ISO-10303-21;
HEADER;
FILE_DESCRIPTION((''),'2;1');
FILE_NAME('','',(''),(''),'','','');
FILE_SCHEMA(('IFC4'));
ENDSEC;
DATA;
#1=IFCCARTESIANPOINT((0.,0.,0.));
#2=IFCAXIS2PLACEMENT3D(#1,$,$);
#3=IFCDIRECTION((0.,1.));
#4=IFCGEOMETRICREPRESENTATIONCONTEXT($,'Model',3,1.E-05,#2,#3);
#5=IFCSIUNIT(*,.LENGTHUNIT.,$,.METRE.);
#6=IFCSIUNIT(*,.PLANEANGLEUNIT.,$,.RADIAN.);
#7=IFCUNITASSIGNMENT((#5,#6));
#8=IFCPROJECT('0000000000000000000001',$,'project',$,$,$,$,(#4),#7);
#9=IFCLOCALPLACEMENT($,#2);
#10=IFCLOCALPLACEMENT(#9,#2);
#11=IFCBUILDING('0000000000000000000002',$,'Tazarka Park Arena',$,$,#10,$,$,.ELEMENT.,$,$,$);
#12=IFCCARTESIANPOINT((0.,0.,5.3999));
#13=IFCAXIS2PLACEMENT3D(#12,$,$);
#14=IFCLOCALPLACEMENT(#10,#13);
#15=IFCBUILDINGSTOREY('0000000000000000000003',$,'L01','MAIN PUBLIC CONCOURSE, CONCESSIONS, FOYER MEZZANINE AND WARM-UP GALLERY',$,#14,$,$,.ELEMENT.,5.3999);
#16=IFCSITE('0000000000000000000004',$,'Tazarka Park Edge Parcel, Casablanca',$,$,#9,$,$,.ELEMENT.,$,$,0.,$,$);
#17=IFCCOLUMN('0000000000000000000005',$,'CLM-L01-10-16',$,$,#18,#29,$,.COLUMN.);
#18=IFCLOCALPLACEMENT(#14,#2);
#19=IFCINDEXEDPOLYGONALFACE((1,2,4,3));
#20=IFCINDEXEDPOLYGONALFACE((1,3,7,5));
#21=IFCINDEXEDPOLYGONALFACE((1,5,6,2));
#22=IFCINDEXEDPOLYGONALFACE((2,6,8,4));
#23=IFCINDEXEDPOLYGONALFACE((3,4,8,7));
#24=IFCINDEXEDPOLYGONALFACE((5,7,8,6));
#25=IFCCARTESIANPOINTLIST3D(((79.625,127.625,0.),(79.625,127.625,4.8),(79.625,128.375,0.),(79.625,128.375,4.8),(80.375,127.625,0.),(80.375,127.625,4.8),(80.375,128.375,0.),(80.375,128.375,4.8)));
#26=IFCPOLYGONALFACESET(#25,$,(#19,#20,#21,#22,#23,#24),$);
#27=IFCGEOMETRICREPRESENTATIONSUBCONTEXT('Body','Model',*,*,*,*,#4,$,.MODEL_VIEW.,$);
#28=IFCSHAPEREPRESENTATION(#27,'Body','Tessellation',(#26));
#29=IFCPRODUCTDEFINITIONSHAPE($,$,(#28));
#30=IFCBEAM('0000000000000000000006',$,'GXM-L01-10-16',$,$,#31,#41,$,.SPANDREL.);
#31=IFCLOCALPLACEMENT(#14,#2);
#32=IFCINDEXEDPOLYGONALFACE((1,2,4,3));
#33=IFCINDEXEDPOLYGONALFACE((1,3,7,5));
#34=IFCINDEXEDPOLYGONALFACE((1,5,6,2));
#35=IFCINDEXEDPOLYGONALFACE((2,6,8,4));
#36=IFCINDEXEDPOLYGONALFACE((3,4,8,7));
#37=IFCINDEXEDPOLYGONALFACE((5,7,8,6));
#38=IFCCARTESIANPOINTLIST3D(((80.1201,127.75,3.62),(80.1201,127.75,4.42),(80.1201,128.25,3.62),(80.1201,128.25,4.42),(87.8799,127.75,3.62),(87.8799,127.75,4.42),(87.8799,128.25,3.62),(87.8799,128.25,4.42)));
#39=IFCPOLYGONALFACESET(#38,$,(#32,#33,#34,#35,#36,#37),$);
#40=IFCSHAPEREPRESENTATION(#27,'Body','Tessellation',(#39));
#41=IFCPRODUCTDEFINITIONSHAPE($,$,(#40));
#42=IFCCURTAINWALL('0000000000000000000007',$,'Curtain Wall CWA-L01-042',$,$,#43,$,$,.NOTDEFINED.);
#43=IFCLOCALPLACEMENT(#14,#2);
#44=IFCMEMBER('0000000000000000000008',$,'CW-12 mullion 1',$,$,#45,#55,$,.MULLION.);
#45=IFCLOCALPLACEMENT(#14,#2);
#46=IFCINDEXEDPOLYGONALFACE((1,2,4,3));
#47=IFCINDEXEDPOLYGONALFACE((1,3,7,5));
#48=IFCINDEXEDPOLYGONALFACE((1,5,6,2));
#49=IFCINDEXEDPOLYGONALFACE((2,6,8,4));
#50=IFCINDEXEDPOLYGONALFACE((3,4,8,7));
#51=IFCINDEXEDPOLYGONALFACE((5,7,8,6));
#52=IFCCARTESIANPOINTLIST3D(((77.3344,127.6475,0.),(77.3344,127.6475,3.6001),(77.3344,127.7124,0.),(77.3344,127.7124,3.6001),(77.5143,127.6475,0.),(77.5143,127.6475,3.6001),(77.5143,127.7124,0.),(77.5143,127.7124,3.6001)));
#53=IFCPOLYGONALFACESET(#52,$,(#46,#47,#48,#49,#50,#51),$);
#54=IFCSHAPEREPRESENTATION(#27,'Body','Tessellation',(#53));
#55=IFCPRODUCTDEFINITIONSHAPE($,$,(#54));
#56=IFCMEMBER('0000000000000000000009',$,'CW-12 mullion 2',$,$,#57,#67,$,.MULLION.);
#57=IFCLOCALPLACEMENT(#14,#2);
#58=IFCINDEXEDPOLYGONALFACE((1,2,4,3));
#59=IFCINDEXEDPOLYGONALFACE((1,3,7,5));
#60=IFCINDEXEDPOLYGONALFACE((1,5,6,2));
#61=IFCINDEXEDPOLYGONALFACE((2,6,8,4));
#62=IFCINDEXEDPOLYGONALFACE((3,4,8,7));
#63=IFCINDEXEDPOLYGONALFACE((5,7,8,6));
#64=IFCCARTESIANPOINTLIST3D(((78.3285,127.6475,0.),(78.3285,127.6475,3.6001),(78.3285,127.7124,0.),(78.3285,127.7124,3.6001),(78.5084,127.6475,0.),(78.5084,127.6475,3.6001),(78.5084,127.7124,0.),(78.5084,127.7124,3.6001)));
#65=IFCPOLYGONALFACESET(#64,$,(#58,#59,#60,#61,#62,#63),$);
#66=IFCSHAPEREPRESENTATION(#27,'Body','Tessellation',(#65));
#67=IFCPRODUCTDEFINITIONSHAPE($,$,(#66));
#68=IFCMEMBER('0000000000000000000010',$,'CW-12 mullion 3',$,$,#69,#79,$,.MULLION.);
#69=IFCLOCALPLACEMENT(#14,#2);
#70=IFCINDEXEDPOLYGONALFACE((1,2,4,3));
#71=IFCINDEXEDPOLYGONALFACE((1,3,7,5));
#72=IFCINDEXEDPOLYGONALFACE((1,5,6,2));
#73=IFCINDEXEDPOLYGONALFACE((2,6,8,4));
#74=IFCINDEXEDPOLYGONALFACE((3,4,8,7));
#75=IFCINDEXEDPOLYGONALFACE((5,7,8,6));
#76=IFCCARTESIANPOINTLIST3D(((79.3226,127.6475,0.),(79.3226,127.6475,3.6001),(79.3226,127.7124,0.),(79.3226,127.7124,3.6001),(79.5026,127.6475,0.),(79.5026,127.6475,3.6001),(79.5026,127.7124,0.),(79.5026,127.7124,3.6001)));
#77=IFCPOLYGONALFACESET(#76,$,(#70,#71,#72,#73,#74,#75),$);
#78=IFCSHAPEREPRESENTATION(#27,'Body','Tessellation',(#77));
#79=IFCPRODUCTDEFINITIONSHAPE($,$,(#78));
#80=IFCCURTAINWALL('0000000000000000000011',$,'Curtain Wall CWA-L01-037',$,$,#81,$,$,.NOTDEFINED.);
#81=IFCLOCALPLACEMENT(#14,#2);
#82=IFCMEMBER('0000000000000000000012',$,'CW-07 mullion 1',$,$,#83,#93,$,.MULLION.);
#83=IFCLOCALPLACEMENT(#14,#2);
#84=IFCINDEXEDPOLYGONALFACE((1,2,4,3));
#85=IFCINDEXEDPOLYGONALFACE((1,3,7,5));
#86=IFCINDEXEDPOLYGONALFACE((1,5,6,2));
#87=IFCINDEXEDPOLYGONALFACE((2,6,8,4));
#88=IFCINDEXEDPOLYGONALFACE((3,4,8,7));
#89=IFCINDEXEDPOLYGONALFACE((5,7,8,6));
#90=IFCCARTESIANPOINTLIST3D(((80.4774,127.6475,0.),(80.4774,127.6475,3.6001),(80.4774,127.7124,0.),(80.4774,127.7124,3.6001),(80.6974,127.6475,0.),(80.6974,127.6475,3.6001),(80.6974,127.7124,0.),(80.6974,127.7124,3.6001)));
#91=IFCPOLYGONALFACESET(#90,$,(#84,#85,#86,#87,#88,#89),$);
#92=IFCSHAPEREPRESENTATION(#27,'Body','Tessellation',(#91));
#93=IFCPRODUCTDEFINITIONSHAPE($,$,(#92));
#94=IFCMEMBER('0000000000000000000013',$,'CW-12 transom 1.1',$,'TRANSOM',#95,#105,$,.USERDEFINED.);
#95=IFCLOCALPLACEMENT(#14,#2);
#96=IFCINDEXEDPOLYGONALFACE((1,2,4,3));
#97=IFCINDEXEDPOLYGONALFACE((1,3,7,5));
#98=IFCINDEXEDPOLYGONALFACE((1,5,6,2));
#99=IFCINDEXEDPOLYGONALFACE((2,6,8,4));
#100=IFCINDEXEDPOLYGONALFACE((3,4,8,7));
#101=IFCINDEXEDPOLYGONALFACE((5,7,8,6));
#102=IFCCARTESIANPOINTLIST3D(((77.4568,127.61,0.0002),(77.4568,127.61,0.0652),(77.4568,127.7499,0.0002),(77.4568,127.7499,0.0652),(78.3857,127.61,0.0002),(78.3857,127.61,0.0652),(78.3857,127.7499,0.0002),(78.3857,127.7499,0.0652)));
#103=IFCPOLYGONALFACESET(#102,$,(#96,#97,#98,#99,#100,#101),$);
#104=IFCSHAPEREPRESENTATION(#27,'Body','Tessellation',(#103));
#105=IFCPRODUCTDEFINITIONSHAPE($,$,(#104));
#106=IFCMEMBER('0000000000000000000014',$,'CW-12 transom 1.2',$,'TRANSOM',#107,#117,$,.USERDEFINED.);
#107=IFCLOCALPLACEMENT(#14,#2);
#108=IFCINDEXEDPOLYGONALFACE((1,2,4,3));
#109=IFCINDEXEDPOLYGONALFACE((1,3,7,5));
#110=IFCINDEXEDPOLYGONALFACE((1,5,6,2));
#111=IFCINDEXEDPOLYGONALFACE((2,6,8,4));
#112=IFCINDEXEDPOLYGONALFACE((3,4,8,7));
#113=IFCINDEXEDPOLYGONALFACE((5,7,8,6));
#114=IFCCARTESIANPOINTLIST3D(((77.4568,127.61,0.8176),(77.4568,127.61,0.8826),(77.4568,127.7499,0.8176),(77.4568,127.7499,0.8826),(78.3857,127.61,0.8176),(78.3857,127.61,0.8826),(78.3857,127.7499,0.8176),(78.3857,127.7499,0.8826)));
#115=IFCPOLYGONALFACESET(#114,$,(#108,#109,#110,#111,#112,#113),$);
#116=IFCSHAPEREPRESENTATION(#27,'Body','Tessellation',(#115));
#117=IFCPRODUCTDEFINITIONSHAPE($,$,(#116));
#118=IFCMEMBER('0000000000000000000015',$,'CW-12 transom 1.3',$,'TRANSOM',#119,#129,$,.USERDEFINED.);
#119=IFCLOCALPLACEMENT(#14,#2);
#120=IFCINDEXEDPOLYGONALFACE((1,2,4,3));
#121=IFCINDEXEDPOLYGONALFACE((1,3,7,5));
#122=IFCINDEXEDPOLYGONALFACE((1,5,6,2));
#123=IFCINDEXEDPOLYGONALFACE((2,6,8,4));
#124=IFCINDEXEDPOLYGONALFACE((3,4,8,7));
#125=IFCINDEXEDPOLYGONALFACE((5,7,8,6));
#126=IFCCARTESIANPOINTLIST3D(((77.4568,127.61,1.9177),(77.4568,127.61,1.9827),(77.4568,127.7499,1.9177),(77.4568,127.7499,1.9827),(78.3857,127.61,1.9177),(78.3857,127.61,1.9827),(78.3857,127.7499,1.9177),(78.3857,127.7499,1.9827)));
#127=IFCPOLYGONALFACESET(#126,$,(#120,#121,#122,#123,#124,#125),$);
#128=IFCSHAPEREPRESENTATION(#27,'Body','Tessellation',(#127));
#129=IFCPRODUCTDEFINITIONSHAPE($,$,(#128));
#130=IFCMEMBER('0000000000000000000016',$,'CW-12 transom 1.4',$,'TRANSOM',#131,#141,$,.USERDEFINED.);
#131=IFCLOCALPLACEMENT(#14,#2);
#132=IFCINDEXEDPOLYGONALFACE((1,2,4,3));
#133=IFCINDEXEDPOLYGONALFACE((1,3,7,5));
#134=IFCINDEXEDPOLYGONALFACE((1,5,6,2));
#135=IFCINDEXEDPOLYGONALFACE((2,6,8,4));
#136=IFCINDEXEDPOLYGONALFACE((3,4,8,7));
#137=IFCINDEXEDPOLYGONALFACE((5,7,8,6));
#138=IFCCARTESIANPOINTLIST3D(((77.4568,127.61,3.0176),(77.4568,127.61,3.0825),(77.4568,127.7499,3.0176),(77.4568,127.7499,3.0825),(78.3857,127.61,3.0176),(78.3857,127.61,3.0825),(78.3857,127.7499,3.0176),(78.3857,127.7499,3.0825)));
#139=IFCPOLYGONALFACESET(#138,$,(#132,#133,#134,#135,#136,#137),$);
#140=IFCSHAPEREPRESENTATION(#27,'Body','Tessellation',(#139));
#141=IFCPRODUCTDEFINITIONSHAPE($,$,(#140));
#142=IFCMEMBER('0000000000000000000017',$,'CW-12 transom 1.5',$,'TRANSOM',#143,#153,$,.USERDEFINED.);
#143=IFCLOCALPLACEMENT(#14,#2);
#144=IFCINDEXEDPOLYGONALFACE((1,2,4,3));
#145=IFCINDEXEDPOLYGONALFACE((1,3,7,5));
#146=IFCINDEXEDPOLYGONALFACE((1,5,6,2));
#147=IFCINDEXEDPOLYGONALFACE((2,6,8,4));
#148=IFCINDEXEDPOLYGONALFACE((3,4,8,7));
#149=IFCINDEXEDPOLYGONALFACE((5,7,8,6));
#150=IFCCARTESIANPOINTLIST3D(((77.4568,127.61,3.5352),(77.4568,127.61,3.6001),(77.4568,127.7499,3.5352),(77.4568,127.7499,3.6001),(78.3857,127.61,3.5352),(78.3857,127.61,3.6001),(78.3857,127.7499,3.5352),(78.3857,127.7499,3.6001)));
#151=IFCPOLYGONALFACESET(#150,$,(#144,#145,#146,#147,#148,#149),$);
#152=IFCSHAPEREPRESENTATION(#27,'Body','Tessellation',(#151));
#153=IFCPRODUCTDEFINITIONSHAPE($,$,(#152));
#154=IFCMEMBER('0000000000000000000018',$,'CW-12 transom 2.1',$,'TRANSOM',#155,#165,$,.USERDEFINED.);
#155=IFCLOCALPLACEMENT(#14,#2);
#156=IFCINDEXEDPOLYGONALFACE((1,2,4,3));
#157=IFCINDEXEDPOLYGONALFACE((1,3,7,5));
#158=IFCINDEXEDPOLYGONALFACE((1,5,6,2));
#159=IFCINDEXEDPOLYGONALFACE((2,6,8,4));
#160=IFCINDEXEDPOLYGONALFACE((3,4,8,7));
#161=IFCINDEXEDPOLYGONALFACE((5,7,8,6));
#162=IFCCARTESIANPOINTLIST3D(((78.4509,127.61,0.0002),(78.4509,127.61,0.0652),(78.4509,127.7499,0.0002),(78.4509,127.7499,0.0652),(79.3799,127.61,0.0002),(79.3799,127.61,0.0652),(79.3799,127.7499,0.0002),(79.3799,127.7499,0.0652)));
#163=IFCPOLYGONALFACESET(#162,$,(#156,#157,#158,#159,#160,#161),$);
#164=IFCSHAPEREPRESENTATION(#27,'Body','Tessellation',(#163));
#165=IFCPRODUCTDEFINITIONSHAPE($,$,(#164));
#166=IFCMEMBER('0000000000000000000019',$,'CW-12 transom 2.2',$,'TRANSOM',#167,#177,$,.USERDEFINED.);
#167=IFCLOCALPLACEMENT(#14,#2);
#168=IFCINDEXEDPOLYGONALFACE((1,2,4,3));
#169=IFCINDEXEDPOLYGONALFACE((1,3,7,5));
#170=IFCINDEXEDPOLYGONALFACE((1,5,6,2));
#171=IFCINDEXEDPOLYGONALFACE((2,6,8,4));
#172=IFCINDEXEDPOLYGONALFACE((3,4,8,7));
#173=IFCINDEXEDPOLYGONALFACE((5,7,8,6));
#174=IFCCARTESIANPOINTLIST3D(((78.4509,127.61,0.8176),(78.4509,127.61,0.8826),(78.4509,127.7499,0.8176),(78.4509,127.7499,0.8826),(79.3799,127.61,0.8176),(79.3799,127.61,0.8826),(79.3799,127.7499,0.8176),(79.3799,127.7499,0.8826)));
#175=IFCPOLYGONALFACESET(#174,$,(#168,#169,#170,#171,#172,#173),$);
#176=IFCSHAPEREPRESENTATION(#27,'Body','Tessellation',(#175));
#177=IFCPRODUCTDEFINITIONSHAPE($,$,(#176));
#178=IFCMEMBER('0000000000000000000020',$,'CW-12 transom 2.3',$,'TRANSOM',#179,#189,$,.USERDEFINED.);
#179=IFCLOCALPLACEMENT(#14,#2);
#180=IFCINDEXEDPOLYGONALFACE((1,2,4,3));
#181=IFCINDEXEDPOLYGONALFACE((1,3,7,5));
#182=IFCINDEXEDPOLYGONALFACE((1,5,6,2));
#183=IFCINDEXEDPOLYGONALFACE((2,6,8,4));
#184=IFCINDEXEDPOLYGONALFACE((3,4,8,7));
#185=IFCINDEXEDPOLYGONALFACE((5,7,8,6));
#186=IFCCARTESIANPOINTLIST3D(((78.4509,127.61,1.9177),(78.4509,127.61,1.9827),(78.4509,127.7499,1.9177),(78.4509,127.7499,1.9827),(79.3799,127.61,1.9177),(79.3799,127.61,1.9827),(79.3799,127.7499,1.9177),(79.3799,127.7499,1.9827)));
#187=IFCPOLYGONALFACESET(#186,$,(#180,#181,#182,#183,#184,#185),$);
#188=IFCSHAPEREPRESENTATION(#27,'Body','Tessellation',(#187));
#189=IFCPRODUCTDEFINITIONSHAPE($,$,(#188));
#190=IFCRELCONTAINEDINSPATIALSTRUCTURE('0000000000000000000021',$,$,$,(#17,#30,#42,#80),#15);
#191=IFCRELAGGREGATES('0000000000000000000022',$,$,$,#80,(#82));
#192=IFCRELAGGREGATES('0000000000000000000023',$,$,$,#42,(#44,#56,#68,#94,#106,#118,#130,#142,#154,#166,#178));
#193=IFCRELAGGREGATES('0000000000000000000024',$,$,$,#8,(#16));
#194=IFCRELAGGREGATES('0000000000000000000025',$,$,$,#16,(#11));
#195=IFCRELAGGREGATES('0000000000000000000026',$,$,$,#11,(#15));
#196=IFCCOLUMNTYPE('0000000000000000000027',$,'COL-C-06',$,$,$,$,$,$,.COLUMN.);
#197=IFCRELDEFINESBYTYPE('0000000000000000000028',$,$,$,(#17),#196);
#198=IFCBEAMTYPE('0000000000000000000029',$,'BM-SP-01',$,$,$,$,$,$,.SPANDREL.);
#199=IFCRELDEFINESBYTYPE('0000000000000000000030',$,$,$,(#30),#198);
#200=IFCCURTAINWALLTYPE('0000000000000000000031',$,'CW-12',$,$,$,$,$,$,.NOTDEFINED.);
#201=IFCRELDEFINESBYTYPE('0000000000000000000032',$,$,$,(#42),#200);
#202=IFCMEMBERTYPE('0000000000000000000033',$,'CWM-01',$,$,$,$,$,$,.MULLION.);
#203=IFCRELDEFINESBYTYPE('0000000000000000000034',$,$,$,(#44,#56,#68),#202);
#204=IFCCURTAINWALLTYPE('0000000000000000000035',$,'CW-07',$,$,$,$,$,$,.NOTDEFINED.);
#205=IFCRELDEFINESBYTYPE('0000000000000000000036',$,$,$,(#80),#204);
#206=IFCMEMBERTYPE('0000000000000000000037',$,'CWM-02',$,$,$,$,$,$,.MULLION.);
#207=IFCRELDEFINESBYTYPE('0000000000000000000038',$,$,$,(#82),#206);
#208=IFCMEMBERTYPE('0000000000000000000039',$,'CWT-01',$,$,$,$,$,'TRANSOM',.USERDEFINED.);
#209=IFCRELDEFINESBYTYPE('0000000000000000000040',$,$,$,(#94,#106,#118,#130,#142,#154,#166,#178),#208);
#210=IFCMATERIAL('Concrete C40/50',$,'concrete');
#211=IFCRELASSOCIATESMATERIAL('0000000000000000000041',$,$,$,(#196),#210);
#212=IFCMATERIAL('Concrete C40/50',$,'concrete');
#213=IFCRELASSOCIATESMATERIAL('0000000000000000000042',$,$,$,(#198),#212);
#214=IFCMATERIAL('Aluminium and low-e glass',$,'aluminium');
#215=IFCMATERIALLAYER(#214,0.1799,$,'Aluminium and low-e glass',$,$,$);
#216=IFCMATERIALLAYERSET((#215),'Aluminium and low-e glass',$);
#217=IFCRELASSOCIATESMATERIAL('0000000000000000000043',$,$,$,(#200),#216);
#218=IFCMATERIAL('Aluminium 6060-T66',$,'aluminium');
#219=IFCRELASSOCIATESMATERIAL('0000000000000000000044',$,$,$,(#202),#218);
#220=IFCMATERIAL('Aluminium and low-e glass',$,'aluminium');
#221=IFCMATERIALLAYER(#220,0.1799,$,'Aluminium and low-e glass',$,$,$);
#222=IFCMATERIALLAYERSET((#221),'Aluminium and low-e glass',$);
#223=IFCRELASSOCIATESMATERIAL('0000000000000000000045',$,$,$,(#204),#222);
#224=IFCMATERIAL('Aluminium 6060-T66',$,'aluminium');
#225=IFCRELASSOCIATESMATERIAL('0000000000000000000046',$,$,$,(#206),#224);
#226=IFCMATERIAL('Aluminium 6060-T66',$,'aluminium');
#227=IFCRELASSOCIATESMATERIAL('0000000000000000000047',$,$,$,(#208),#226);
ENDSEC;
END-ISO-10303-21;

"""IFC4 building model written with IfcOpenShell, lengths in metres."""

from ifc_helpers import new_model, si_unit, direction, frame, origin, origin_2d, place, context, subcontext, project, spatial, rectangle, extrude, material, layer, layer_set, material_profile, profile_set, type_object, element, aggregate, save


model = new_model("IFC4")

# Units and contexts
model_context = context("Model", 3, precision=1e-05, world=origin(), true_north=direction((0.0, 1.0)))
body_context = subcontext(model_context, "Body", "Model", "MODEL_VIEW")
ifc_project = project(units=[si_unit("LENGTHUNIT", "METRE"), si_unit("PLANEANGLEUNIT", "RADIAN")], contexts=[model_context])

# Site, building, storey
site_placement = place(None, origin())
site = spatial("IfcSite", under=ifc_project, at=site_placement, Name="Tazarka Park Edge Parcel, Casablanca", CompositionType="ELEMENT", RefElevation=0.0)
building_placement = place(site_placement, origin())
building = spatial("IfcBuilding", under=site, at=building_placement, Name="Tazarka Park Arena", CompositionType="ELEMENT")
storey_placement = place(building_placement, frame((0.0, 0.0, 5.3999)))
storey = spatial("IfcBuildingStorey", under=building, at=storey_placement, Name="L01", Description="MAIN PUBLIC CONCOURSE, CONCESSIONS, FOYER MEZZANINE AND WARM-UP GALLERY", CompositionType="ELEMENT", Elevation=5.3999)

# Column
ifc_material_1 = material(Name="Concrete C40/50", Category="concrete")
ifc_material_profile_1 = material_profile(ifc_material_1, rectangle(XDim=0.75, YDim=0.75, at=origin_2d()), Name="Concrete C40/50")
ifc_profile_set_1 = profile_set([ifc_material_profile_1], Name="Concrete C40/50")
column_type = type_object("IfcColumnType", Name="COL-C-06", PredefinedType="COLUMN", material=ifc_profile_set_1)
column_placement = place(storey_placement, frame((80.0, 128.0, 0.0), z_axis=(0.0, 0.0, 1.0), x_axis=(1.0, 0.0, 0.0)))
element("IfcColumn", 1, at=column_placement, inside=storey, type_object=column_type, Name="CLM-L01-10-16", PredefinedType="COLUMN", context=body_context, shape_type="SweptSolid", body=[
    extrude(rectangle(XDim=0.75, YDim=0.75, at=origin_2d()), origin(), (0.0, 0.0, 1.0), 4.8),
])

# Beam
ifc_material_2 = material(Name="Concrete C40/50", Category="concrete")
ifc_material_profile_2 = material_profile(ifc_material_2, rectangle(XDim=0.5, YDim=0.8, at=origin_2d()), Name="Concrete C40/50")
ifc_profile_set_2 = profile_set([ifc_material_profile_2], Name="Concrete C40/50")
beam_type = type_object("IfcBeamType", Name="BM-SP-01", PredefinedType="SPANDREL", material=ifc_profile_set_2)
beam_placement = place(storey_placement, frame((80.1201, 128.0, 4.02), z_axis=(1.0, 0.0, 0.0), x_axis=(0.0, 1.0, 0.0)))
element("IfcBeam", 2, at=beam_placement, inside=storey, type_object=beam_type, Name="GXM-L01-10-16", PredefinedType="SPANDREL", context=body_context, shape_type="SweptSolid", body=[
    extrude(rectangle(XDim=0.5, YDim=0.8, at=origin_2d()), origin(), (0.0, 0.0, 1.0), 7.7598),
])

# Curtain wall, members
ifc_material_3 = material(Name="Aluminium and low-e glass", Category="aluminium")
ifc_layer_1 = layer(ifc_material_3, 0.1799, Name="Aluminium and low-e glass")
ifc_layer_set_1 = layer_set([ifc_layer_1], Name="Aluminium and low-e glass")
curtain_wall_type_1 = type_object("IfcCurtainWallType", Name="CW-12", PredefinedType="NOTDEFINED", material=ifc_layer_set_1)
curtain_wall_1_placement = place(storey_placement, origin())
curtain_wall_1 = element("IfcCurtainWall", 3, at=curtain_wall_1_placement, inside=storey, type_object=curtain_wall_type_1, Name="Curtain Wall CWA-L01-042", PredefinedType="NOTDEFINED")
ifc_material_4 = material(Name="Aluminium 6060-T66", Category="aluminium")
ifc_material_profile_3 = material_profile(ifc_material_4, rectangle(XDim=0.0649, YDim=0.1799, at=origin_2d()), Name="Aluminium 6060-T66")
ifc_profile_set_3 = profile_set([ifc_material_profile_3], Name="Aluminium 6060-T66")
member_type_1 = type_object("IfcMemberType", Name="CWM-01", PredefinedType="MULLION", material=ifc_profile_set_3)
member_1_placement = place(storey_placement, frame((77.4243, 127.6799, 0.0), z_axis=(0.0, 0.0, 1.0), x_axis=(0.0, 1.0, 0.0)))
member_1 = element("IfcMember", 4, at=member_1_placement, type_object=member_type_1, Name="CW-12 mullion 1", PredefinedType="MULLION", context=body_context, shape_type="SweptSolid", body=[
    extrude(rectangle(XDim=0.0649, YDim=0.1799, at=origin_2d()), origin(), (0.0, 0.0, 1.0), 3.6001),
])
member_2_placement = place(storey_placement, frame((78.4185, 127.6799, 0.0), z_axis=(0.0, 0.0, 1.0), x_axis=(0.0, 1.0, 0.0)))
member_2 = element("IfcMember", 5, at=member_2_placement, type_object=member_type_1, Name="CW-12 mullion 2", PredefinedType="MULLION", context=body_context, shape_type="SweptSolid", body=[
    extrude(rectangle(XDim=0.0649, YDim=0.1799, at=origin_2d()), origin(), (0.0, 0.0, 1.0), 3.6001),
])
member_3_placement = place(storey_placement, frame((79.4126, 127.6799, 0.0), z_axis=(0.0, 0.0, 1.0), x_axis=(0.0, 1.0, 0.0)))
member_3 = element("IfcMember", 6, at=member_3_placement, type_object=member_type_1, Name="CW-12 mullion 3", PredefinedType="MULLION", context=body_context, shape_type="SweptSolid", body=[
    extrude(rectangle(XDim=0.0649, YDim=0.1799, at=origin_2d()), origin(), (0.0, 0.0, 1.0), 3.6001),
])

# Curtain wall, member
ifc_material_5 = material(Name="Aluminium and low-e glass", Category="aluminium")
ifc_layer_2 = layer(ifc_material_5, 0.1799, Name="Aluminium and low-e glass")
ifc_layer_set_2 = layer_set([ifc_layer_2], Name="Aluminium and low-e glass")
curtain_wall_type_2 = type_object("IfcCurtainWallType", Name="CW-07", PredefinedType="NOTDEFINED", material=ifc_layer_set_2)
curtain_wall_2_placement = place(storey_placement, origin())
curtain_wall_2 = element("IfcCurtainWall", 7, at=curtain_wall_2_placement, inside=storey, type_object=curtain_wall_type_2, Name="Curtain Wall CWA-L01-037", PredefinedType="NOTDEFINED")
ifc_material_6 = material(Name="Aluminium 6060-T66", Category="aluminium")
ifc_material_profile_4 = material_profile(ifc_material_6, rectangle(XDim=0.0649, YDim=0.22, at=origin_2d()), Name="Aluminium 6060-T66")
ifc_profile_set_4 = profile_set([ifc_material_profile_4], Name="Aluminium 6060-T66")
member_type_2 = type_object("IfcMemberType", Name="CWM-02", PredefinedType="MULLION", material=ifc_profile_set_4)
member_4_placement = place(storey_placement, frame((80.5874, 127.6799, 0.0), z_axis=(0.0, 0.0, 1.0), x_axis=(0.0, 1.0, 0.0)))
member_4 = element("IfcMember", 8, at=member_4_placement, type_object=member_type_2, Name="CW-07 mullion 1", PredefinedType="MULLION", context=body_context, shape_type="SweptSolid", body=[
    extrude(rectangle(XDim=0.0649, YDim=0.22, at=origin_2d()), origin(), (0.0, 0.0, 1.0), 3.6001),
])

# Members
ifc_material_7 = material(Name="Aluminium 6060-T66", Category="aluminium")
ifc_material_profile_5 = material_profile(ifc_material_7, rectangle(XDim=0.1399, YDim=0.0649, at=origin_2d()), Name="Aluminium 6060-T66")
ifc_profile_set_5 = profile_set([ifc_material_profile_5], Name="Aluminium 6060-T66")
member_type_3 = type_object("IfcMemberType", Name="CWT-01", ElementType="TRANSOM", PredefinedType="USERDEFINED", material=ifc_profile_set_5)
member_5_placement = place(storey_placement, frame((77.4568, 127.6799, 0.0327), z_axis=(1.0, 0.0, 0.0), x_axis=(0.0, 1.0, 0.0)))
member_5 = element("IfcMember", 9, at=member_5_placement, type_object=member_type_3, Name="CW-12 transom 1.1", ObjectType="TRANSOM", PredefinedType="USERDEFINED", context=body_context, shape_type="SweptSolid", body=[
    extrude(rectangle(XDim=0.1399, YDim=0.0649, at=origin_2d()), origin(), (0.0, 0.0, 1.0), 0.929),
])
member_6_placement = place(storey_placement, frame((77.4568, 127.6799, 0.8501), z_axis=(1.0, 0.0, 0.0), x_axis=(0.0, 1.0, 0.0)))
member_6 = element("IfcMember", 10, at=member_6_placement, type_object=member_type_3, Name="CW-12 transom 1.2", ObjectType="TRANSOM", PredefinedType="USERDEFINED", context=body_context, shape_type="SweptSolid", body=[
    extrude(rectangle(XDim=0.1399, YDim=0.0649, at=origin_2d()), origin(), (0.0, 0.0, 1.0), 0.929),
])
member_7_placement = place(storey_placement, frame((77.4568, 127.6799, 1.9502), z_axis=(1.0, 0.0, 0.0), x_axis=(0.0, 1.0, 0.0)))
member_7 = element("IfcMember", 11, at=member_7_placement, type_object=member_type_3, Name="CW-12 transom 1.3", ObjectType="TRANSOM", PredefinedType="USERDEFINED", context=body_context, shape_type="SweptSolid", body=[
    extrude(rectangle(XDim=0.1399, YDim=0.0649, at=origin_2d()), origin(), (0.0, 0.0, 1.0), 0.929),
])
member_8_placement = place(storey_placement, frame((77.4568, 127.6799, 3.05), z_axis=(1.0, 0.0, 0.0), x_axis=(0.0, 1.0, 0.0)))
member_8 = element("IfcMember", 12, at=member_8_placement, type_object=member_type_3, Name="CW-12 transom 1.4", ObjectType="TRANSOM", PredefinedType="USERDEFINED", context=body_context, shape_type="SweptSolid", body=[
    extrude(rectangle(XDim=0.1399, YDim=0.0649, at=origin_2d()), origin(), (0.0, 0.0, 1.0), 0.929),
])
member_9_placement = place(storey_placement, frame((77.4568, 127.6799, 3.5676), z_axis=(1.0, 0.0, 0.0), x_axis=(0.0, 1.0, 0.0)))
member_9 = element("IfcMember", 13, at=member_9_placement, type_object=member_type_3, Name="CW-12 transom 1.5", ObjectType="TRANSOM", PredefinedType="USERDEFINED", context=body_context, shape_type="SweptSolid", body=[
    extrude(rectangle(XDim=0.1399, YDim=0.0649, at=origin_2d()), origin(), (0.0, 0.0, 1.0), 0.929),
])
member_10_placement = place(storey_placement, frame((78.4509, 127.6799, 0.0327), z_axis=(1.0, 0.0, 0.0), x_axis=(0.0, 1.0, 0.0)))
member_10 = element("IfcMember", 14, at=member_10_placement, type_object=member_type_3, Name="CW-12 transom 2.1", ObjectType="TRANSOM", PredefinedType="USERDEFINED", context=body_context, shape_type="SweptSolid", body=[
    extrude(rectangle(XDim=0.1399, YDim=0.0649, at=origin_2d()), origin(), (0.0, 0.0, 1.0), 0.929),
])
member_11_placement = place(storey_placement, frame((78.4509, 127.6799, 0.8501), z_axis=(1.0, 0.0, 0.0), x_axis=(0.0, 1.0, 0.0)))
member_11 = element("IfcMember", 15, at=member_11_placement, type_object=member_type_3, Name="CW-12 transom 2.2", ObjectType="TRANSOM", PredefinedType="USERDEFINED", context=body_context, shape_type="SweptSolid", body=[
    extrude(rectangle(XDim=0.1399, YDim=0.0649, at=origin_2d()), origin(), (0.0, 0.0, 1.0), 0.929),
])
member_12_placement = place(storey_placement, frame((78.4509, 127.6799, 1.9502), z_axis=(1.0, 0.0, 0.0), x_axis=(0.0, 1.0, 0.0)))
member_12 = element("IfcMember", 16, at=member_12_placement, type_object=member_type_3, Name="CW-12 transom 2.3", ObjectType="TRANSOM", PredefinedType="USERDEFINED", context=body_context, shape_type="SweptSolid", body=[
    extrude(rectangle(XDim=0.1399, YDim=0.0649, at=origin_2d()), origin(), (0.0, 0.0, 1.0), 0.929),
])
aggregate(curtain_wall_2, [member_4])

aggregate(curtain_wall_1, [member_1, member_2, member_3, member_5, member_6, member_7, member_8, member_9, member_10, member_11, member_12])

save(model, "model.ifc")
